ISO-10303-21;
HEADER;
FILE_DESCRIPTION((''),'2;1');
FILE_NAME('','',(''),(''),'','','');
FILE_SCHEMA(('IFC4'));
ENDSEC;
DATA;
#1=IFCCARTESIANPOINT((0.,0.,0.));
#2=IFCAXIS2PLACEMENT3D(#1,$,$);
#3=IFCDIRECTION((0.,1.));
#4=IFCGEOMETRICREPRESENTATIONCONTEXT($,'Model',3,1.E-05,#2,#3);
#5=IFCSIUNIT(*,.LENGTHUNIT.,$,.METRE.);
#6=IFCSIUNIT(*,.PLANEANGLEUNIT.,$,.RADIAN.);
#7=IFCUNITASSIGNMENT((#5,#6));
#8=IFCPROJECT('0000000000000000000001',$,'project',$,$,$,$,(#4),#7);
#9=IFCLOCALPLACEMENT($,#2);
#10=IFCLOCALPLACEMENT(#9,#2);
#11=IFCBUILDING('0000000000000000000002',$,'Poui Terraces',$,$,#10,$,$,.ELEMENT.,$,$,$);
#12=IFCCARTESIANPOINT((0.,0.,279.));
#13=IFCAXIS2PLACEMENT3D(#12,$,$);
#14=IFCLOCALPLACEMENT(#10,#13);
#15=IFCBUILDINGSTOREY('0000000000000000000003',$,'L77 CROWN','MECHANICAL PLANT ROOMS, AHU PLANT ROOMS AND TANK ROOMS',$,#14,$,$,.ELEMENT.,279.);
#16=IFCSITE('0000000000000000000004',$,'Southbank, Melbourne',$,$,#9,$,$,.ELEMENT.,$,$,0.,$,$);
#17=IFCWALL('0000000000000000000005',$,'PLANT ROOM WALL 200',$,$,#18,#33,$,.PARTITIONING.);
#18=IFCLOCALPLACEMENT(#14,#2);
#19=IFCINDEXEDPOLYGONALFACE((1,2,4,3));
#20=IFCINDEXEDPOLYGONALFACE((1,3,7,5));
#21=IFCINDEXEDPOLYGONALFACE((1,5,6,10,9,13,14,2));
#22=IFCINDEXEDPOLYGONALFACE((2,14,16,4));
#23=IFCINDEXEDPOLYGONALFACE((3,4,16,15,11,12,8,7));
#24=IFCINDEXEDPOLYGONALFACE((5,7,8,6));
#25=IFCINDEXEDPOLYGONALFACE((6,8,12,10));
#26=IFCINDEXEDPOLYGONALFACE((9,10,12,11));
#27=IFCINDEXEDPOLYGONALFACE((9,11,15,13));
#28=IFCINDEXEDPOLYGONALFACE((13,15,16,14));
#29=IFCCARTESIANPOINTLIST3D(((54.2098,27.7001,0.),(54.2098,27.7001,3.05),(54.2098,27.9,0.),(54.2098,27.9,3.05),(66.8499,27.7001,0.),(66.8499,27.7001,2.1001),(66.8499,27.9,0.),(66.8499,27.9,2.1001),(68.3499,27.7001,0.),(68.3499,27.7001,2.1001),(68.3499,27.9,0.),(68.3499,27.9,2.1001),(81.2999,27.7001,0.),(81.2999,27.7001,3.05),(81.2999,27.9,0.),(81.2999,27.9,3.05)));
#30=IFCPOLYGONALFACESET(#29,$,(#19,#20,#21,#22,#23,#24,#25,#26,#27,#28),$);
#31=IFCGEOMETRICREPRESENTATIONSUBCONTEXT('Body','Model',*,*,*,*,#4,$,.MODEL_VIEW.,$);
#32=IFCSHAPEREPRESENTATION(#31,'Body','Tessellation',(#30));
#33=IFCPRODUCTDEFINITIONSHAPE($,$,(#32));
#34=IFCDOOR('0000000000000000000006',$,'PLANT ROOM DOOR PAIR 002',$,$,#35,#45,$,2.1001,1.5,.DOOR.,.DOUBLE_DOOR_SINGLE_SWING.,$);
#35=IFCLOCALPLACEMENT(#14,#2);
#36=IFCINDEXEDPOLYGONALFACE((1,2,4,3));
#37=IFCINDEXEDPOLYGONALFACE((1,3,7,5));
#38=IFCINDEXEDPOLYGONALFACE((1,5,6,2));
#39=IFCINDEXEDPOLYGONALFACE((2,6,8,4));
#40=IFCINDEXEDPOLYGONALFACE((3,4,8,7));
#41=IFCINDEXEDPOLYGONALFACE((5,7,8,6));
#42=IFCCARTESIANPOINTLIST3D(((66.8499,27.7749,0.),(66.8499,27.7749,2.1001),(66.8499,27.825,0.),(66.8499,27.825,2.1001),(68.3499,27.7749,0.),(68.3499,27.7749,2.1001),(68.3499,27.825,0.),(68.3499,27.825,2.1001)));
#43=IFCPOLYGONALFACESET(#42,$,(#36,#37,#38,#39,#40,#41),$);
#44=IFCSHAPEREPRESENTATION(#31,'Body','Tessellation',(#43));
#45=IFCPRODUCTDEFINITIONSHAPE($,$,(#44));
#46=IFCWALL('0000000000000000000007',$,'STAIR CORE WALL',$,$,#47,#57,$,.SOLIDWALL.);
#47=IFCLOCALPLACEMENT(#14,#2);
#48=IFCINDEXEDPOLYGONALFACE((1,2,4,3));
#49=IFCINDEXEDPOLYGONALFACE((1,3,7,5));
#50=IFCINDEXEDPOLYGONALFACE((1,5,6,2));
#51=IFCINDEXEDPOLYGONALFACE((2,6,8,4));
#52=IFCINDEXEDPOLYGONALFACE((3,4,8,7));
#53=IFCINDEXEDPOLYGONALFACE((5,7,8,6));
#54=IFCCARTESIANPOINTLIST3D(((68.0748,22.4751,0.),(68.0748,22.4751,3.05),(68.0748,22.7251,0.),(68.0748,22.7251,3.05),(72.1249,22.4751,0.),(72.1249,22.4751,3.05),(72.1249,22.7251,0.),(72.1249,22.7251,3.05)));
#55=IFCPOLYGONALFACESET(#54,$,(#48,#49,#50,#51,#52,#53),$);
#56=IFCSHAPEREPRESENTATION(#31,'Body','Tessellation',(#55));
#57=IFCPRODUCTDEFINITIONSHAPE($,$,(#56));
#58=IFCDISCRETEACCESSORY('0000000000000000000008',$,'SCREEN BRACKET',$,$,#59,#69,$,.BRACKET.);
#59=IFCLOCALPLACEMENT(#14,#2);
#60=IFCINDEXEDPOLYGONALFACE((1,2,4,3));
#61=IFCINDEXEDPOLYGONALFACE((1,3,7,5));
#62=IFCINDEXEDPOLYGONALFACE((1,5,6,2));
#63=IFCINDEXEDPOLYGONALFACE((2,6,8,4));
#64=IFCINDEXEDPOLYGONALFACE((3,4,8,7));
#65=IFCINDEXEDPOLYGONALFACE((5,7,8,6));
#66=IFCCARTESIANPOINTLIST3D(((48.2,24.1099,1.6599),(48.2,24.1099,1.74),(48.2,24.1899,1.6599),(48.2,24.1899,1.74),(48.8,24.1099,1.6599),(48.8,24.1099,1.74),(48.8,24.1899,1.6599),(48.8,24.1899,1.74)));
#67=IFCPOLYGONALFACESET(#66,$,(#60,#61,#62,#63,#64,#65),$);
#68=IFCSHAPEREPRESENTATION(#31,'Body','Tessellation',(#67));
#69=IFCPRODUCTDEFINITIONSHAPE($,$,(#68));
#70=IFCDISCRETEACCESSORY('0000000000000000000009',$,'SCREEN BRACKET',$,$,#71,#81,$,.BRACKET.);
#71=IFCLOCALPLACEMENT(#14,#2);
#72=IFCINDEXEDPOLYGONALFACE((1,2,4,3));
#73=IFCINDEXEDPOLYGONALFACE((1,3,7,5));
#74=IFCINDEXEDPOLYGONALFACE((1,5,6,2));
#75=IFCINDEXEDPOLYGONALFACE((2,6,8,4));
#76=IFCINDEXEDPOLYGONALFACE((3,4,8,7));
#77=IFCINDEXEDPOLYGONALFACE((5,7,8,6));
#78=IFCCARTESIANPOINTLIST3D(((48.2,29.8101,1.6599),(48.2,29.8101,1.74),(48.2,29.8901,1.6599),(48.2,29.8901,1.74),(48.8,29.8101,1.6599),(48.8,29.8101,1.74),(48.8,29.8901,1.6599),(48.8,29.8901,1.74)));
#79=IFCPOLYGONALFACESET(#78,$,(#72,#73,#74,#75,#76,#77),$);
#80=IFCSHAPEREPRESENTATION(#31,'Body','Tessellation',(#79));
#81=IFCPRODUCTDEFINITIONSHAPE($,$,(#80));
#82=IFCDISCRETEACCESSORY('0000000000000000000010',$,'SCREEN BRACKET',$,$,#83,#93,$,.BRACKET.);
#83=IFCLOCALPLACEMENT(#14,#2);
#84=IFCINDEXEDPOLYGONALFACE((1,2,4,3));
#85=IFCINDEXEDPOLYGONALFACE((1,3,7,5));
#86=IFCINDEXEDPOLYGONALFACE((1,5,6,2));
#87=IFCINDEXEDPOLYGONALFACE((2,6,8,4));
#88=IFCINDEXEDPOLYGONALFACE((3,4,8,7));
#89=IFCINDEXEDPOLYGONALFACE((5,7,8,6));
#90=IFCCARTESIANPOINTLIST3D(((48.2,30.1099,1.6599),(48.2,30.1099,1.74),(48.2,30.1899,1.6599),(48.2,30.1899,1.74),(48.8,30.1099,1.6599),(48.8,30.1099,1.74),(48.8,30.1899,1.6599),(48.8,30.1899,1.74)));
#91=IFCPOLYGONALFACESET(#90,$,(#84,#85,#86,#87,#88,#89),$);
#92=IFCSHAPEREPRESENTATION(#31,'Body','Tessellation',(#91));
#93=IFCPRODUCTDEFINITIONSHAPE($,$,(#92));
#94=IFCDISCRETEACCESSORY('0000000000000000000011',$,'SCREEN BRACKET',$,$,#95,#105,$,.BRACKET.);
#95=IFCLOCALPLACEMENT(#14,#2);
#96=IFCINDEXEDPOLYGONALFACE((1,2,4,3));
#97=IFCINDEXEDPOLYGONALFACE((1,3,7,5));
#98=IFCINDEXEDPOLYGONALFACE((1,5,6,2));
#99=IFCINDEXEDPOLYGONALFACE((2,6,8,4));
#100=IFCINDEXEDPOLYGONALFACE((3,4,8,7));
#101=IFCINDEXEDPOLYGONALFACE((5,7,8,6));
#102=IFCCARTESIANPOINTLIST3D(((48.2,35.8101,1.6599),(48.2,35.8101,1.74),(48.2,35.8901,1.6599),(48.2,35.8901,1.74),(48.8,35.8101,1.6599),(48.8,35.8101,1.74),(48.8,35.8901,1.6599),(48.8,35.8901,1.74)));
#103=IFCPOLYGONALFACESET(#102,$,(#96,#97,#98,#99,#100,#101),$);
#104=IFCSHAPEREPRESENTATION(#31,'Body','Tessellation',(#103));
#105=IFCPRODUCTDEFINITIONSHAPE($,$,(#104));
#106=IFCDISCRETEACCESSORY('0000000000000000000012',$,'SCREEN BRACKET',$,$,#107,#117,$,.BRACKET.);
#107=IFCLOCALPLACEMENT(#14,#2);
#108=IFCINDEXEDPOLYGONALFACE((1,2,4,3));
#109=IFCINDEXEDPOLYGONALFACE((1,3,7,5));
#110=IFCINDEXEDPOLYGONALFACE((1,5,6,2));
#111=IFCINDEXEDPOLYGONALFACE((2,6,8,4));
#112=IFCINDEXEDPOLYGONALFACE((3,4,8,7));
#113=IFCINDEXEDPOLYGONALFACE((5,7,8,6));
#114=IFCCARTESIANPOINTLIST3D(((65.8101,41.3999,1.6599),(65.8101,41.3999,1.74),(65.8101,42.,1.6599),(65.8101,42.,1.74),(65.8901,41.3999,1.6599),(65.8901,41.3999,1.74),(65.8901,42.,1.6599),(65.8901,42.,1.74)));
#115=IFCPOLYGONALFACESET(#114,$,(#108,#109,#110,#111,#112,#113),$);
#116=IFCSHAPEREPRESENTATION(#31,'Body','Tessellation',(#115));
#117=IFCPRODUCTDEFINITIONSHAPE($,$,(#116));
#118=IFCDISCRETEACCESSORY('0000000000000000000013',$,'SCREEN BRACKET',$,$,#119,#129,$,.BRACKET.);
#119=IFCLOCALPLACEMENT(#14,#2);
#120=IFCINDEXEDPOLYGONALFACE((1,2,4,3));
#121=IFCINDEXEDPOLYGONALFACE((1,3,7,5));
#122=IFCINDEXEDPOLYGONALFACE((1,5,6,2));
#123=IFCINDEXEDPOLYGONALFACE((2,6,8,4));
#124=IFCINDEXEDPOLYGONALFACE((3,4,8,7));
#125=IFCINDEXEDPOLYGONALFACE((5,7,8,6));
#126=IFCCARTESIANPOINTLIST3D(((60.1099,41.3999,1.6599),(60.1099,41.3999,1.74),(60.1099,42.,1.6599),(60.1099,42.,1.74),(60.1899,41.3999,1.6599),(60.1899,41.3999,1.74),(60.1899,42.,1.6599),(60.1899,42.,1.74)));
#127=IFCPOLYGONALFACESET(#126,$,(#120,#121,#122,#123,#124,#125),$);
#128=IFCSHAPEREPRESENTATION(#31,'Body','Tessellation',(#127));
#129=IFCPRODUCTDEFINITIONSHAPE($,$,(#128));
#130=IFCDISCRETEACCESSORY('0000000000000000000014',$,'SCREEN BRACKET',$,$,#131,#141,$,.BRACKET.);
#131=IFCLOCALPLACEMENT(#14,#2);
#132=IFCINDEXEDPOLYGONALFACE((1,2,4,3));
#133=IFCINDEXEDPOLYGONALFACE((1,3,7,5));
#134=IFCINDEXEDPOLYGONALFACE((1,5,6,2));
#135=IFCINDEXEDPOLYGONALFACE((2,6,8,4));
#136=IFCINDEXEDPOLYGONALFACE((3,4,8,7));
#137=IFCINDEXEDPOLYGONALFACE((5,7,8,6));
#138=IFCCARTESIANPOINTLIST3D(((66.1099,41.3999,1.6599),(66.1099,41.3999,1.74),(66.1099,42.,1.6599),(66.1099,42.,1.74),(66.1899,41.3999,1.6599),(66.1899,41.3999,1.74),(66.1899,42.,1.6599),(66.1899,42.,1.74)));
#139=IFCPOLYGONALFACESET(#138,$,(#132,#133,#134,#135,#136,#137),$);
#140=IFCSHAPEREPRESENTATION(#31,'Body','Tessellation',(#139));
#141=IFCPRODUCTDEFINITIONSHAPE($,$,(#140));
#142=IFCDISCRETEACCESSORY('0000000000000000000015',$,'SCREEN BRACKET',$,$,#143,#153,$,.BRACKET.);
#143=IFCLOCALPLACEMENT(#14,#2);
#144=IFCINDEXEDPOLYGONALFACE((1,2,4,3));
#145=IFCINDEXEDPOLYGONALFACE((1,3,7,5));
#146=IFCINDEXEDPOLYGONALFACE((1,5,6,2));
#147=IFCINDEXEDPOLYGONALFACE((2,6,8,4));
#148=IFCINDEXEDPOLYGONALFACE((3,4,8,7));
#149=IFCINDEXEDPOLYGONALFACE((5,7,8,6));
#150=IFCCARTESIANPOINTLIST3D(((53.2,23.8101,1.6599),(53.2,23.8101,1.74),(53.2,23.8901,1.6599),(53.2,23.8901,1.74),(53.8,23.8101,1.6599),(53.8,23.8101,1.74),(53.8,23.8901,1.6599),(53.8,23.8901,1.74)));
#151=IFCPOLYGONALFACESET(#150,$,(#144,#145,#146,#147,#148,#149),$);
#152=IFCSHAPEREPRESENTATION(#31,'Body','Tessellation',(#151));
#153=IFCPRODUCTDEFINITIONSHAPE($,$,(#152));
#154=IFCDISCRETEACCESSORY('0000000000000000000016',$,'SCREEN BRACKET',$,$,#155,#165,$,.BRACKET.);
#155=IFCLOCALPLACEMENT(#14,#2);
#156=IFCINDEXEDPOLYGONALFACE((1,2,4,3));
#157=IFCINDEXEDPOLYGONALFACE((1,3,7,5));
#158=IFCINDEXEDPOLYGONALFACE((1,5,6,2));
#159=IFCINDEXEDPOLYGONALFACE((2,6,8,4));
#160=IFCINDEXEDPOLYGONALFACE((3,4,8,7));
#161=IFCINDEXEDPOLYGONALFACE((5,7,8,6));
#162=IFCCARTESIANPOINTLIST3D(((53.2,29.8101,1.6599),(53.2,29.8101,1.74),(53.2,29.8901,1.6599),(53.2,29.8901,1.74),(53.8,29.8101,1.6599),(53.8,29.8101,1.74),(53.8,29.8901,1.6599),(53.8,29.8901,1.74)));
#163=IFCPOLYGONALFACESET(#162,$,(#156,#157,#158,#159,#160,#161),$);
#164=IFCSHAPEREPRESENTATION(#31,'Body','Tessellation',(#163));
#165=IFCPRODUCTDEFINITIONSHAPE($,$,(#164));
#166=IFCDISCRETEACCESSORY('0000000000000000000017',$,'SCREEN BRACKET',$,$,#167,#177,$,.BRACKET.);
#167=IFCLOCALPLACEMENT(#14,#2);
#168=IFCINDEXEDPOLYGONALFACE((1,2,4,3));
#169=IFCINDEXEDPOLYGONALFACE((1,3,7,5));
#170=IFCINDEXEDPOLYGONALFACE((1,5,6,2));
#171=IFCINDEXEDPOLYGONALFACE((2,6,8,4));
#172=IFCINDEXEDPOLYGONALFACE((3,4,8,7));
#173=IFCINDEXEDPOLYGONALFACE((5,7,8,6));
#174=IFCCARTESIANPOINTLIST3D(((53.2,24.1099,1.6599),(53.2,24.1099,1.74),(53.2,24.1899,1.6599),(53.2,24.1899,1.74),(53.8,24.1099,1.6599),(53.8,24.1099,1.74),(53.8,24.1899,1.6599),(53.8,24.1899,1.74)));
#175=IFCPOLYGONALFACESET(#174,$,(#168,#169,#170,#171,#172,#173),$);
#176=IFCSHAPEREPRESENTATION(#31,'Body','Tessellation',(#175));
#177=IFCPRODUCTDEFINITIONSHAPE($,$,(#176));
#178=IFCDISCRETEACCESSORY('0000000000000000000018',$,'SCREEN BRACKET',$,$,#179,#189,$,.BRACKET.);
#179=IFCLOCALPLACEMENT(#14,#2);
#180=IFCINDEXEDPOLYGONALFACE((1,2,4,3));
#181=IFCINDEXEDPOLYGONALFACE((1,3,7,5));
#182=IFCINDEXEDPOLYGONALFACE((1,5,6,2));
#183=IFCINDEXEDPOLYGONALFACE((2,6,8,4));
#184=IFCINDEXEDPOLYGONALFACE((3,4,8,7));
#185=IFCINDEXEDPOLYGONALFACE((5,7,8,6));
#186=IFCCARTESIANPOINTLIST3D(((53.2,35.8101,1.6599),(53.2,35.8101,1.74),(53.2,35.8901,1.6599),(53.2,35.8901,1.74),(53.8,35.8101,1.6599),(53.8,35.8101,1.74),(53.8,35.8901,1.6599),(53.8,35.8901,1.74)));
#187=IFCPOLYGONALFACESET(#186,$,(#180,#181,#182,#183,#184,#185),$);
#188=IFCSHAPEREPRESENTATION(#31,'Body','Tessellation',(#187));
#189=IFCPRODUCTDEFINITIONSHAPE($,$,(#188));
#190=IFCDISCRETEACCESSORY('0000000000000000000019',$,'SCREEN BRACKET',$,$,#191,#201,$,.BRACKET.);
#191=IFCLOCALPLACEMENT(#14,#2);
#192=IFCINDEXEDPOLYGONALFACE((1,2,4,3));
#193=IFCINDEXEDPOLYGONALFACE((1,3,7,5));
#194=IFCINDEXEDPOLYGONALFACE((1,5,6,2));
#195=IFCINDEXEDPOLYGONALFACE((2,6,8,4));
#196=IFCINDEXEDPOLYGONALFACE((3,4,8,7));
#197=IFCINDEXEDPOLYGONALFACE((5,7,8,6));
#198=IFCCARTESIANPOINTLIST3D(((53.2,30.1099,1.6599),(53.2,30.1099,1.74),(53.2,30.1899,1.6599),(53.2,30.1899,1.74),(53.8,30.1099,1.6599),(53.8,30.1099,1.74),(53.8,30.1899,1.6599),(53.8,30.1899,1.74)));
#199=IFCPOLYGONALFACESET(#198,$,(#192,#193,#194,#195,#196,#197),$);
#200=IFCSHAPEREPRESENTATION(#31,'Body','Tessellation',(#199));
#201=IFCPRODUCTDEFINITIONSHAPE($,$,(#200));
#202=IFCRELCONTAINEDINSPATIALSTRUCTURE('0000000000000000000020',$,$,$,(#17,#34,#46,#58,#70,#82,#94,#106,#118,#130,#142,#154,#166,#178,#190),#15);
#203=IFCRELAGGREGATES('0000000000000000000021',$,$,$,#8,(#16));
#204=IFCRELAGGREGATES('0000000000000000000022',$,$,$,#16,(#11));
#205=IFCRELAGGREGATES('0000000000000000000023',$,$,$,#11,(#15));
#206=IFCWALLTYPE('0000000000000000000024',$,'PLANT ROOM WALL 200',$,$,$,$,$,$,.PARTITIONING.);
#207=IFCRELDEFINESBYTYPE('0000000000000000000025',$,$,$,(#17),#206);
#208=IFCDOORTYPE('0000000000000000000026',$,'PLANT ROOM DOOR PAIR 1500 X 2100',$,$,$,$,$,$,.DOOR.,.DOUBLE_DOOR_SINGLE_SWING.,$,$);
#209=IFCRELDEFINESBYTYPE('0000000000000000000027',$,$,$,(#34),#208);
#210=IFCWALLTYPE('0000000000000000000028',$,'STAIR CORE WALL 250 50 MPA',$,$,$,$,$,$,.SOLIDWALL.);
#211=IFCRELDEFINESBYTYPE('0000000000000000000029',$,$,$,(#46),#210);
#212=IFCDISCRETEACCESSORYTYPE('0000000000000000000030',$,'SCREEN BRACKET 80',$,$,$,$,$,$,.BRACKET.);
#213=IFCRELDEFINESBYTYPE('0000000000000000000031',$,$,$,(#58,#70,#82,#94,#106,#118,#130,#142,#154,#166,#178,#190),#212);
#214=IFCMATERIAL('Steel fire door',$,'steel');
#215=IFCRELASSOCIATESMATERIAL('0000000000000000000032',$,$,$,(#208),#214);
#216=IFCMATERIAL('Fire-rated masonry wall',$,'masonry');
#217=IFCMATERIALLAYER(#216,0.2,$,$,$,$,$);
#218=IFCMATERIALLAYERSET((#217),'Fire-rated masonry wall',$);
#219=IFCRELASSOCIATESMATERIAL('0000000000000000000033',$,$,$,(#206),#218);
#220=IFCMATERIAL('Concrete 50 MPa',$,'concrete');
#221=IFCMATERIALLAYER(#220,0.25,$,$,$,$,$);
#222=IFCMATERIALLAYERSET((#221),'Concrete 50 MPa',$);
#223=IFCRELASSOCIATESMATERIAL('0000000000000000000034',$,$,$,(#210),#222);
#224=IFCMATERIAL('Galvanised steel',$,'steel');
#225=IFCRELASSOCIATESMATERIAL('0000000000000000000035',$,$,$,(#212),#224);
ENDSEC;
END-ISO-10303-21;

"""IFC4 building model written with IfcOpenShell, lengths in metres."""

from ifc_helpers import new_model, si_unit, direction, frame, frame_2d, origin, origin_2d, place, context, subcontext, project, spatial, rectangle, extrude, source, transform, mapped, material, layer, layer_set, material_profile, profile_set, type_object, element, fill, save


model = new_model("IFC4")

# Units and contexts
model_context = context("Model", 3, precision=1e-05, world=origin(), true_north=direction((0.0, 1.0)))
body_context = subcontext(model_context, "Body", "Model", "MODEL_VIEW")
ifc_project = project(units=[si_unit("LENGTHUNIT", "METRE"), si_unit("PLANEANGLEUNIT", "RADIAN")], contexts=[model_context])

# Site, building, storey
site_placement = place(None, origin())
site = spatial("IfcSite", under=ifc_project, at=site_placement, Name="Southbank, Melbourne", CompositionType="ELEMENT", RefElevation=0.0)
building_placement = place(site_placement, origin())
building = spatial("IfcBuilding", under=site, at=building_placement, Name="Poui Terraces", CompositionType="ELEMENT")
storey_placement = place(building_placement, frame((0.0, 0.0, 279.0)))
storey = spatial("IfcBuildingStorey", under=building, at=storey_placement, Name="L77 CROWN", Description="MECHANICAL PLANT ROOMS, AHU PLANT ROOMS AND TANK ROOMS", CompositionType="ELEMENT", Elevation=279.0)

# Shared definitions
ifc_material_1 = material(Name="Concrete 50 MPa", Category="concrete")

# Shared definitions
ifc_material_2 = material(Name="Steel fire door", Category="steel")
door_type = type_object("IfcDoorType", Name="PLANT ROOM DOOR PAIR 1500 X 2100", OperationType="DOUBLE_DOOR_SINGLE_SWING", PredefinedType="DOOR", material=ifc_material_2)

# Shared definitions
ifc_material_3 = material(Name="Fire-rated masonry wall", Category="masonry")
ifc_layer_1 = layer(ifc_material_3, 0.2)
ifc_layer_set_1 = layer_set([ifc_layer_1], Name="Fire-rated masonry wall")
wall_type_1 = type_object("IfcWallType", Name="PLANT ROOM WALL 200", PredefinedType="PARTITIONING", material=ifc_layer_set_1)

# Wall, opening, door
wall_1_placement = place(storey_placement, frame((54.21, 27.8, 0.0), z_axis=(0.0, 0.0, 1.0), x_axis=(1.0, 0.0, 0.0)))
wall_1 = element("IfcWall", 1, at=wall_1_placement, inside=storey, type_object=wall_type_1, Name="PLANT ROOM WALL 200", PredefinedType="PARTITIONING", context=body_context, shape_type="SweptSolid", body=[
    extrude(rectangle(XDim=27.0901, YDim=0.2, at=frame_2d((13.5449, 0.0))), origin(), (0.0, 0.0, 1.0), 3.05),
])
opening_1_placement = place(wall_1_placement, frame((12.6399, 0.0, 0.0)))
opening_1 = element("IfcOpeningElement", 2, at=opening_1_placement, cuts=wall_1, PredefinedType="OPENING", context=body_context, shape_type="SweptSolid", body=[
    extrude(rectangle(XDim=1.5, YDim=2.1001, at=frame_2d((0.75, 1.05))), frame((0.0, 0.1099, 0.0), z_axis=(0.0, -1.0, 0.0), x_axis=(1.0, 0.0, 0.0)), (0.0, 0.0, 1.0), 0.22),
])
door_1_placement = place(opening_1_placement, origin())
door_1 = element("IfcDoor", 3, at=door_1_placement, inside=storey, type_object=door_type, Name="PLANT ROOM DOOR PAIR 002", OperationType="DOUBLE_DOOR_SINGLE_SWING", OverallHeight=2.1001, OverallWidth=1.5, PredefinedType="DOOR", context=body_context, shape_type="SweptSolid", body=[
    extrude(rectangle(XDim=1.5, YDim=2.1001, at=frame_2d((0.75, 1.05))), frame((0.0, 0.0249, 0.0), z_axis=(0.0, -1.0, 0.0), x_axis=(1.0, 0.0, 0.0)), (0.0, 0.0, 1.0), 0.05),
])
fill(opening_1, door_1)

# Wall
ifc_layer_2 = layer(ifc_material_1, 0.25)
ifc_layer_set_2 = layer_set([ifc_layer_2], Name="Concrete 50 MPa")
wall_type_2 = type_object("IfcWallType", Name="STAIR CORE WALL 250 50 MPA", PredefinedType="SOLIDWALL", material=ifc_layer_set_2)
wall_2_placement = place(storey_placement, frame((68.075, 22.6001, 0.0), z_axis=(0.0, 0.0, 1.0), x_axis=(1.0, 0.0, 0.0)))
element("IfcWall", 4, at=wall_2_placement, inside=storey, type_object=wall_type_2, Name="STAIR CORE WALL", PredefinedType="SOLIDWALL", context=body_context, shape_type="SweptSolid", body=[
    extrude(rectangle(XDim=4.05, YDim=0.25, at=frame_2d((2.0249, 0.0))), origin(), (0.0, 0.0, 1.0), 3.05),
])

# Discrete accessories
ifc_material_4 = material(Name="Galvanised steel", Category="steel")
ifc_material_profile_1 = material_profile(ifc_material_4, rectangle(XDim=0.0801, YDim=0.0801, at=origin_2d()), Name="SCREEN BRACKET 80")
ifc_profile_set_1 = profile_set([ifc_material_profile_1], Name="Galvanised steel")
discrete_accessory_type = type_object("IfcDiscreteAccessoryType", Name="SCREEN BRACKET 80", PredefinedType="BRACKET", material=ifc_profile_set_1)
shared_shape_1 = source(origin(), body_context, "Body", "SweptSolid", [
    extrude(rectangle(XDim=0.0801, YDim=0.0801, at=origin_2d()), origin(), (0.0, 0.0, 1.0), 0.6001),
])
for number, where, z_axis, x_axis, name in (
    (5, (48.2, 24.1499, 1.7), (1.0, 0.0, 0.0), (0.0, 1.0, 0.0), "SCREEN BRACKET"),
    (6, (48.2, 29.8501, 1.7), (1.0, 0.0, 0.0), (0.0, 1.0, 0.0), "SCREEN BRACKET"),
    (7, (48.2, 30.1499, 1.7), (1.0, 0.0, 0.0), (0.0, 1.0, 0.0), "SCREEN BRACKET"),
    (8, (48.2, 35.8501, 1.7), (1.0, 0.0, 0.0), (0.0, 1.0, 0.0), "SCREEN BRACKET"),
    (9, (65.8501, 41.3999, 1.7), (0.0, 1.0, 0.0), (-1.0, 0.0, 0.0), "SCREEN BRACKET"),
    (10, (60.1499, 41.3999, 1.7), (0.0, 1.0, 0.0), (-1.0, 0.0, 0.0), "SCREEN BRACKET"),
    (11, (66.1499, 41.3999, 1.7), (0.0, 1.0, 0.0), (-1.0, 0.0, 0.0), "SCREEN BRACKET"),
    (12, (53.8, 23.8501, 1.7), (-1.0, 0.0, 0.0), (0.0, -1.0, 0.0), "SCREEN BRACKET"),
    (13, (53.8, 29.8501, 1.7), (-1.0, 0.0, 0.0), (0.0, -1.0, 0.0), "SCREEN BRACKET"),
    (14, (53.8, 24.1499, 1.7), (-1.0, 0.0, 0.0), (0.0, -1.0, 0.0), "SCREEN BRACKET"),
    (15, (53.8, 35.8501, 1.7), (-1.0, 0.0, 0.0), (0.0, -1.0, 0.0), "SCREEN BRACKET"),
    (16, (53.8, 30.1499, 1.7), (-1.0, 0.0, 0.0), (0.0, -1.0, 0.0), "SCREEN BRACKET"),
):
    element("IfcDiscreteAccessory", number, at=place(storey_placement, frame(where, z_axis=z_axis, x_axis=x_axis)), inside=storey, type_object=discrete_accessory_type, Name=name, PredefinedType="BRACKET", context=body_context, shape_type="MappedRepresentation", body=[
        mapped(shared_shape_1, transform((0.0, 0.0, 0.0))),
    ])

save(model, "model.ifc")
